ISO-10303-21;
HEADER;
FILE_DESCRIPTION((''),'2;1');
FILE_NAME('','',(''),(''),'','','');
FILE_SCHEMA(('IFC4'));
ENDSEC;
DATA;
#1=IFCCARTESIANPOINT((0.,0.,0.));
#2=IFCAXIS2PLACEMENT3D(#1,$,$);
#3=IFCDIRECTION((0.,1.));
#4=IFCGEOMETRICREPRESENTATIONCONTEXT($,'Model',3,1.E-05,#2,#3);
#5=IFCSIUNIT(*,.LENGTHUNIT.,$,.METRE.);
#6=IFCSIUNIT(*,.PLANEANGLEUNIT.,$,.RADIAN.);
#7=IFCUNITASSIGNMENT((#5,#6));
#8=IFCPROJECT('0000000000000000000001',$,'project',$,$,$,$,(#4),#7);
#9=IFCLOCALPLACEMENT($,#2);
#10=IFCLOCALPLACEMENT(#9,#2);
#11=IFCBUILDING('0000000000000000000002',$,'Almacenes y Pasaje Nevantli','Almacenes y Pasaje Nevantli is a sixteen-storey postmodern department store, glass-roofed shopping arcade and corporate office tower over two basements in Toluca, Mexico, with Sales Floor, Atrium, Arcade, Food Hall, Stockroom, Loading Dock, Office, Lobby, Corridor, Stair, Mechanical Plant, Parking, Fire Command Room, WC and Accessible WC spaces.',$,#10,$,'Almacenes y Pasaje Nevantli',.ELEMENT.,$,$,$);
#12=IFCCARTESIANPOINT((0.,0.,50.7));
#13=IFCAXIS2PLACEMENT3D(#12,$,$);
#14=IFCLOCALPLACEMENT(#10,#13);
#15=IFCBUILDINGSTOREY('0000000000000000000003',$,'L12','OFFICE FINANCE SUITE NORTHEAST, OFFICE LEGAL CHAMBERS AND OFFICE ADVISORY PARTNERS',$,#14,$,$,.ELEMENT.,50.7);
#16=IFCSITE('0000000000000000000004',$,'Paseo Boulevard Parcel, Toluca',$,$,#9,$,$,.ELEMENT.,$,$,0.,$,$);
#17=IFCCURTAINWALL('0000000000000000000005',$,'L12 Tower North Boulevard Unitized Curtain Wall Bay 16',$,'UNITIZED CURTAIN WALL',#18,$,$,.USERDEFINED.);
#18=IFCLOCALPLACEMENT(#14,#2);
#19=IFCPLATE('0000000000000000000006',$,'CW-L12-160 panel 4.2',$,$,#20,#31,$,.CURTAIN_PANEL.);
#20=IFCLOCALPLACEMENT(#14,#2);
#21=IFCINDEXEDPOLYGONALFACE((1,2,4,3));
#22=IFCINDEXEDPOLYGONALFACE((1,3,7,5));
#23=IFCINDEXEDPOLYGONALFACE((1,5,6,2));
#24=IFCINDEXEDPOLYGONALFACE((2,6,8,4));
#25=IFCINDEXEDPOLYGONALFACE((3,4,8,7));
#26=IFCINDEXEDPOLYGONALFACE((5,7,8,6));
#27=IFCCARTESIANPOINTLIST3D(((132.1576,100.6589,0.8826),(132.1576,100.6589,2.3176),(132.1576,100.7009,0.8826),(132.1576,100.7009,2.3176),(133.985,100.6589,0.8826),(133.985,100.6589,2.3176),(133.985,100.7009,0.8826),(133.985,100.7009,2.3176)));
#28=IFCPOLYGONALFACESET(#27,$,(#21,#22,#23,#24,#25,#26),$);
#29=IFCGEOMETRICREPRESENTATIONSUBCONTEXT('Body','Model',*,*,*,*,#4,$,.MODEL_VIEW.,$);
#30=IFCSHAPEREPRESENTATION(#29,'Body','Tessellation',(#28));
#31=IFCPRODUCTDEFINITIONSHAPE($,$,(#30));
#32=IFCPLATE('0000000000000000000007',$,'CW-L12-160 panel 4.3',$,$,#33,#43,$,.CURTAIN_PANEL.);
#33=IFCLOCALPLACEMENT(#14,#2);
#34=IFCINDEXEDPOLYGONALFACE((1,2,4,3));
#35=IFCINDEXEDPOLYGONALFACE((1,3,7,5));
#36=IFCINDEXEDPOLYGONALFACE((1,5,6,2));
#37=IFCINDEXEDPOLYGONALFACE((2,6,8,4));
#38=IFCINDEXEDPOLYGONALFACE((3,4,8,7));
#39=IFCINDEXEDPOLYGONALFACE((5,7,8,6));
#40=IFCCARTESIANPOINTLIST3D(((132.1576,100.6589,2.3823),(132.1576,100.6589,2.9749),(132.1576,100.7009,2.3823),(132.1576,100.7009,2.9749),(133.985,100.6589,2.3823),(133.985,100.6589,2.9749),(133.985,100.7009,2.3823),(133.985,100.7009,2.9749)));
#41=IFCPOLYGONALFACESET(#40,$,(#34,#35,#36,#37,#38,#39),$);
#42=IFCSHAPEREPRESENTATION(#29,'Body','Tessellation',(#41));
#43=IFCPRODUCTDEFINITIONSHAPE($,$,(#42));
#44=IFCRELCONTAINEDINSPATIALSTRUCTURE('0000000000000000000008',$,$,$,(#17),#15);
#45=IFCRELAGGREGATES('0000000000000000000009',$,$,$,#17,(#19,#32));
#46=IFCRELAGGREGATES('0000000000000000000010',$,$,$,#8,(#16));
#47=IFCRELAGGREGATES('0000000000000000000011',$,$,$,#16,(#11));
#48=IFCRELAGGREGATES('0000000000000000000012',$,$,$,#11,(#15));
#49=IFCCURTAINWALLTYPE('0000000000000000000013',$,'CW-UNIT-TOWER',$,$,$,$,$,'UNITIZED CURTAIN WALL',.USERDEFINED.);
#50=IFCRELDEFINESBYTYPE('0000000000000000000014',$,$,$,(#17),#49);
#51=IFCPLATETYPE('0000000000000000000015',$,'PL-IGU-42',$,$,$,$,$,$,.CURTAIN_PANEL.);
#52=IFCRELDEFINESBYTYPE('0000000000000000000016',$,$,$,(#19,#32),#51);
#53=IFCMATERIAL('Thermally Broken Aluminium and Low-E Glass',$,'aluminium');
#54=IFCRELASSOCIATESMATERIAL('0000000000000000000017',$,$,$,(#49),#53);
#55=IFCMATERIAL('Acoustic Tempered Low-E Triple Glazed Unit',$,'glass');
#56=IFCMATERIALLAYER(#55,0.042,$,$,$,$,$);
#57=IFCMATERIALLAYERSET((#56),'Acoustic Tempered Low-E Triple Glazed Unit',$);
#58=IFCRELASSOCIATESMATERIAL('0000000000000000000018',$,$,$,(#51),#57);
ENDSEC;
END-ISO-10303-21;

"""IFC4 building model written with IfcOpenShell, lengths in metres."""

from ifc_helpers import new_model, si_unit, direction, frame, origin, origin_2d, place, context, subcontext, project, spatial, rectangle, extrude, material, layer, layer_set, type_object, element, aggregate, save


model = new_model("IFC4")

# Units and contexts
model_context = context("Model", 3, precision=1e-05, world=origin(), true_north=direction((0.0, 1.0)))
body_context = subcontext(model_context, "Body", "Model", "MODEL_VIEW")
ifc_project = project(units=[si_unit("LENGTHUNIT", "METRE"), si_unit("PLANEANGLEUNIT", "RADIAN")], contexts=[model_context])

# Site, building, storey
site_placement = place(None, origin())
site = spatial("IfcSite", under=ifc_project, at=site_placement, Name="Paseo Boulevard Parcel, Toluca", CompositionType="ELEMENT", RefElevation=0.0)
building_placement = place(site_placement, origin())
building = spatial("IfcBuilding", under=site, at=building_placement, Name="Almacenes y Pasaje Nevantli", Description="Almacenes y Pasaje Nevantli is a sixteen-storey postmodern department store, glass-roofed shopping arcade and corporate office tower over two basements in Toluca, Mexico, with Sales Floor, Atrium, Arcade, Food Hall, Stockroom, Loading Dock, Office, Lobby, Corridor, Stair, Mechanical Plant, Parking, Fire Command Room, WC and Accessible WC spaces.", LongName="Almacenes y Pasaje Nevantli", CompositionType="ELEMENT")
storey_placement = place(building_placement, frame((0.0, 0.0, 50.7)))
storey = spatial("IfcBuildingStorey", under=building, at=storey_placement, Name="L12", Description="OFFICE FINANCE SUITE NORTHEAST, OFFICE LEGAL CHAMBERS AND OFFICE ADVISORY PARTNERS", CompositionType="ELEMENT", Elevation=50.7)

# Curtain wall, plates
ifc_material_1 = material(Name="Thermally Broken Aluminium and Low-E Glass", Category="aluminium")
curtain_wall_type = type_object("IfcCurtainWallType", Name="CW-UNIT-TOWER", ElementType="UNITIZED CURTAIN WALL", PredefinedType="USERDEFINED", material=ifc_material_1)
curtain_wall_placement = place(storey_placement, origin())
curtain_wall = element("IfcCurtainWall", 1, at=curtain_wall_placement, inside=storey, type_object=curtain_wall_type, Name="L12 Tower North Boulevard Unitized Curtain Wall Bay 16", ObjectType="UNITIZED CURTAIN WALL", PredefinedType="USERDEFINED")
ifc_material_2 = material(Name="Acoustic Tempered Low-E Triple Glazed Unit", Category="glass")
ifc_layer = layer(ifc_material_2, 0.042)
ifc_layer_set = layer_set([ifc_layer], Name="Acoustic Tempered Low-E Triple Glazed Unit")
plate_type = type_object("IfcPlateType", Name="PL-IGU-42", PredefinedType="CURTAIN_PANEL", material=ifc_layer_set)
plate_1_placement = place(storey_placement, frame((133.0713, 100.6799, 0.8826), z_axis=(0.0, 0.0, 1.0), x_axis=(1.0, 0.0, 0.0)))
plate_1 = element("IfcPlate", 2, at=plate_1_placement, type_object=plate_type, Name="CW-L12-160 panel 4.2", PredefinedType="CURTAIN_PANEL", context=body_context, shape_type="SweptSolid", body=[
    extrude(rectangle(XDim=1.8274, YDim=0.042, at=origin_2d()), origin(), (0.0, 0.0, 1.0), 1.4351),
])
plate_2_placement = place(storey_placement, frame((133.0713, 100.6799, 2.3823), z_axis=(0.0, 0.0, 1.0), x_axis=(1.0, 0.0, 0.0)))
plate_2 = element("IfcPlate", 3, at=plate_2_placement, type_object=plate_type, Name="CW-L12-160 panel 4.3", PredefinedType="CURTAIN_PANEL", context=body_context, shape_type="SweptSolid", body=[
    extrude(rectangle(XDim=1.8274, YDim=0.042, at=origin_2d()), origin(), (0.0, 0.0, 1.0), 0.5925),
])
aggregate(curtain_wall, [plate_1, plate_2])

save(model, "model.ifc")
